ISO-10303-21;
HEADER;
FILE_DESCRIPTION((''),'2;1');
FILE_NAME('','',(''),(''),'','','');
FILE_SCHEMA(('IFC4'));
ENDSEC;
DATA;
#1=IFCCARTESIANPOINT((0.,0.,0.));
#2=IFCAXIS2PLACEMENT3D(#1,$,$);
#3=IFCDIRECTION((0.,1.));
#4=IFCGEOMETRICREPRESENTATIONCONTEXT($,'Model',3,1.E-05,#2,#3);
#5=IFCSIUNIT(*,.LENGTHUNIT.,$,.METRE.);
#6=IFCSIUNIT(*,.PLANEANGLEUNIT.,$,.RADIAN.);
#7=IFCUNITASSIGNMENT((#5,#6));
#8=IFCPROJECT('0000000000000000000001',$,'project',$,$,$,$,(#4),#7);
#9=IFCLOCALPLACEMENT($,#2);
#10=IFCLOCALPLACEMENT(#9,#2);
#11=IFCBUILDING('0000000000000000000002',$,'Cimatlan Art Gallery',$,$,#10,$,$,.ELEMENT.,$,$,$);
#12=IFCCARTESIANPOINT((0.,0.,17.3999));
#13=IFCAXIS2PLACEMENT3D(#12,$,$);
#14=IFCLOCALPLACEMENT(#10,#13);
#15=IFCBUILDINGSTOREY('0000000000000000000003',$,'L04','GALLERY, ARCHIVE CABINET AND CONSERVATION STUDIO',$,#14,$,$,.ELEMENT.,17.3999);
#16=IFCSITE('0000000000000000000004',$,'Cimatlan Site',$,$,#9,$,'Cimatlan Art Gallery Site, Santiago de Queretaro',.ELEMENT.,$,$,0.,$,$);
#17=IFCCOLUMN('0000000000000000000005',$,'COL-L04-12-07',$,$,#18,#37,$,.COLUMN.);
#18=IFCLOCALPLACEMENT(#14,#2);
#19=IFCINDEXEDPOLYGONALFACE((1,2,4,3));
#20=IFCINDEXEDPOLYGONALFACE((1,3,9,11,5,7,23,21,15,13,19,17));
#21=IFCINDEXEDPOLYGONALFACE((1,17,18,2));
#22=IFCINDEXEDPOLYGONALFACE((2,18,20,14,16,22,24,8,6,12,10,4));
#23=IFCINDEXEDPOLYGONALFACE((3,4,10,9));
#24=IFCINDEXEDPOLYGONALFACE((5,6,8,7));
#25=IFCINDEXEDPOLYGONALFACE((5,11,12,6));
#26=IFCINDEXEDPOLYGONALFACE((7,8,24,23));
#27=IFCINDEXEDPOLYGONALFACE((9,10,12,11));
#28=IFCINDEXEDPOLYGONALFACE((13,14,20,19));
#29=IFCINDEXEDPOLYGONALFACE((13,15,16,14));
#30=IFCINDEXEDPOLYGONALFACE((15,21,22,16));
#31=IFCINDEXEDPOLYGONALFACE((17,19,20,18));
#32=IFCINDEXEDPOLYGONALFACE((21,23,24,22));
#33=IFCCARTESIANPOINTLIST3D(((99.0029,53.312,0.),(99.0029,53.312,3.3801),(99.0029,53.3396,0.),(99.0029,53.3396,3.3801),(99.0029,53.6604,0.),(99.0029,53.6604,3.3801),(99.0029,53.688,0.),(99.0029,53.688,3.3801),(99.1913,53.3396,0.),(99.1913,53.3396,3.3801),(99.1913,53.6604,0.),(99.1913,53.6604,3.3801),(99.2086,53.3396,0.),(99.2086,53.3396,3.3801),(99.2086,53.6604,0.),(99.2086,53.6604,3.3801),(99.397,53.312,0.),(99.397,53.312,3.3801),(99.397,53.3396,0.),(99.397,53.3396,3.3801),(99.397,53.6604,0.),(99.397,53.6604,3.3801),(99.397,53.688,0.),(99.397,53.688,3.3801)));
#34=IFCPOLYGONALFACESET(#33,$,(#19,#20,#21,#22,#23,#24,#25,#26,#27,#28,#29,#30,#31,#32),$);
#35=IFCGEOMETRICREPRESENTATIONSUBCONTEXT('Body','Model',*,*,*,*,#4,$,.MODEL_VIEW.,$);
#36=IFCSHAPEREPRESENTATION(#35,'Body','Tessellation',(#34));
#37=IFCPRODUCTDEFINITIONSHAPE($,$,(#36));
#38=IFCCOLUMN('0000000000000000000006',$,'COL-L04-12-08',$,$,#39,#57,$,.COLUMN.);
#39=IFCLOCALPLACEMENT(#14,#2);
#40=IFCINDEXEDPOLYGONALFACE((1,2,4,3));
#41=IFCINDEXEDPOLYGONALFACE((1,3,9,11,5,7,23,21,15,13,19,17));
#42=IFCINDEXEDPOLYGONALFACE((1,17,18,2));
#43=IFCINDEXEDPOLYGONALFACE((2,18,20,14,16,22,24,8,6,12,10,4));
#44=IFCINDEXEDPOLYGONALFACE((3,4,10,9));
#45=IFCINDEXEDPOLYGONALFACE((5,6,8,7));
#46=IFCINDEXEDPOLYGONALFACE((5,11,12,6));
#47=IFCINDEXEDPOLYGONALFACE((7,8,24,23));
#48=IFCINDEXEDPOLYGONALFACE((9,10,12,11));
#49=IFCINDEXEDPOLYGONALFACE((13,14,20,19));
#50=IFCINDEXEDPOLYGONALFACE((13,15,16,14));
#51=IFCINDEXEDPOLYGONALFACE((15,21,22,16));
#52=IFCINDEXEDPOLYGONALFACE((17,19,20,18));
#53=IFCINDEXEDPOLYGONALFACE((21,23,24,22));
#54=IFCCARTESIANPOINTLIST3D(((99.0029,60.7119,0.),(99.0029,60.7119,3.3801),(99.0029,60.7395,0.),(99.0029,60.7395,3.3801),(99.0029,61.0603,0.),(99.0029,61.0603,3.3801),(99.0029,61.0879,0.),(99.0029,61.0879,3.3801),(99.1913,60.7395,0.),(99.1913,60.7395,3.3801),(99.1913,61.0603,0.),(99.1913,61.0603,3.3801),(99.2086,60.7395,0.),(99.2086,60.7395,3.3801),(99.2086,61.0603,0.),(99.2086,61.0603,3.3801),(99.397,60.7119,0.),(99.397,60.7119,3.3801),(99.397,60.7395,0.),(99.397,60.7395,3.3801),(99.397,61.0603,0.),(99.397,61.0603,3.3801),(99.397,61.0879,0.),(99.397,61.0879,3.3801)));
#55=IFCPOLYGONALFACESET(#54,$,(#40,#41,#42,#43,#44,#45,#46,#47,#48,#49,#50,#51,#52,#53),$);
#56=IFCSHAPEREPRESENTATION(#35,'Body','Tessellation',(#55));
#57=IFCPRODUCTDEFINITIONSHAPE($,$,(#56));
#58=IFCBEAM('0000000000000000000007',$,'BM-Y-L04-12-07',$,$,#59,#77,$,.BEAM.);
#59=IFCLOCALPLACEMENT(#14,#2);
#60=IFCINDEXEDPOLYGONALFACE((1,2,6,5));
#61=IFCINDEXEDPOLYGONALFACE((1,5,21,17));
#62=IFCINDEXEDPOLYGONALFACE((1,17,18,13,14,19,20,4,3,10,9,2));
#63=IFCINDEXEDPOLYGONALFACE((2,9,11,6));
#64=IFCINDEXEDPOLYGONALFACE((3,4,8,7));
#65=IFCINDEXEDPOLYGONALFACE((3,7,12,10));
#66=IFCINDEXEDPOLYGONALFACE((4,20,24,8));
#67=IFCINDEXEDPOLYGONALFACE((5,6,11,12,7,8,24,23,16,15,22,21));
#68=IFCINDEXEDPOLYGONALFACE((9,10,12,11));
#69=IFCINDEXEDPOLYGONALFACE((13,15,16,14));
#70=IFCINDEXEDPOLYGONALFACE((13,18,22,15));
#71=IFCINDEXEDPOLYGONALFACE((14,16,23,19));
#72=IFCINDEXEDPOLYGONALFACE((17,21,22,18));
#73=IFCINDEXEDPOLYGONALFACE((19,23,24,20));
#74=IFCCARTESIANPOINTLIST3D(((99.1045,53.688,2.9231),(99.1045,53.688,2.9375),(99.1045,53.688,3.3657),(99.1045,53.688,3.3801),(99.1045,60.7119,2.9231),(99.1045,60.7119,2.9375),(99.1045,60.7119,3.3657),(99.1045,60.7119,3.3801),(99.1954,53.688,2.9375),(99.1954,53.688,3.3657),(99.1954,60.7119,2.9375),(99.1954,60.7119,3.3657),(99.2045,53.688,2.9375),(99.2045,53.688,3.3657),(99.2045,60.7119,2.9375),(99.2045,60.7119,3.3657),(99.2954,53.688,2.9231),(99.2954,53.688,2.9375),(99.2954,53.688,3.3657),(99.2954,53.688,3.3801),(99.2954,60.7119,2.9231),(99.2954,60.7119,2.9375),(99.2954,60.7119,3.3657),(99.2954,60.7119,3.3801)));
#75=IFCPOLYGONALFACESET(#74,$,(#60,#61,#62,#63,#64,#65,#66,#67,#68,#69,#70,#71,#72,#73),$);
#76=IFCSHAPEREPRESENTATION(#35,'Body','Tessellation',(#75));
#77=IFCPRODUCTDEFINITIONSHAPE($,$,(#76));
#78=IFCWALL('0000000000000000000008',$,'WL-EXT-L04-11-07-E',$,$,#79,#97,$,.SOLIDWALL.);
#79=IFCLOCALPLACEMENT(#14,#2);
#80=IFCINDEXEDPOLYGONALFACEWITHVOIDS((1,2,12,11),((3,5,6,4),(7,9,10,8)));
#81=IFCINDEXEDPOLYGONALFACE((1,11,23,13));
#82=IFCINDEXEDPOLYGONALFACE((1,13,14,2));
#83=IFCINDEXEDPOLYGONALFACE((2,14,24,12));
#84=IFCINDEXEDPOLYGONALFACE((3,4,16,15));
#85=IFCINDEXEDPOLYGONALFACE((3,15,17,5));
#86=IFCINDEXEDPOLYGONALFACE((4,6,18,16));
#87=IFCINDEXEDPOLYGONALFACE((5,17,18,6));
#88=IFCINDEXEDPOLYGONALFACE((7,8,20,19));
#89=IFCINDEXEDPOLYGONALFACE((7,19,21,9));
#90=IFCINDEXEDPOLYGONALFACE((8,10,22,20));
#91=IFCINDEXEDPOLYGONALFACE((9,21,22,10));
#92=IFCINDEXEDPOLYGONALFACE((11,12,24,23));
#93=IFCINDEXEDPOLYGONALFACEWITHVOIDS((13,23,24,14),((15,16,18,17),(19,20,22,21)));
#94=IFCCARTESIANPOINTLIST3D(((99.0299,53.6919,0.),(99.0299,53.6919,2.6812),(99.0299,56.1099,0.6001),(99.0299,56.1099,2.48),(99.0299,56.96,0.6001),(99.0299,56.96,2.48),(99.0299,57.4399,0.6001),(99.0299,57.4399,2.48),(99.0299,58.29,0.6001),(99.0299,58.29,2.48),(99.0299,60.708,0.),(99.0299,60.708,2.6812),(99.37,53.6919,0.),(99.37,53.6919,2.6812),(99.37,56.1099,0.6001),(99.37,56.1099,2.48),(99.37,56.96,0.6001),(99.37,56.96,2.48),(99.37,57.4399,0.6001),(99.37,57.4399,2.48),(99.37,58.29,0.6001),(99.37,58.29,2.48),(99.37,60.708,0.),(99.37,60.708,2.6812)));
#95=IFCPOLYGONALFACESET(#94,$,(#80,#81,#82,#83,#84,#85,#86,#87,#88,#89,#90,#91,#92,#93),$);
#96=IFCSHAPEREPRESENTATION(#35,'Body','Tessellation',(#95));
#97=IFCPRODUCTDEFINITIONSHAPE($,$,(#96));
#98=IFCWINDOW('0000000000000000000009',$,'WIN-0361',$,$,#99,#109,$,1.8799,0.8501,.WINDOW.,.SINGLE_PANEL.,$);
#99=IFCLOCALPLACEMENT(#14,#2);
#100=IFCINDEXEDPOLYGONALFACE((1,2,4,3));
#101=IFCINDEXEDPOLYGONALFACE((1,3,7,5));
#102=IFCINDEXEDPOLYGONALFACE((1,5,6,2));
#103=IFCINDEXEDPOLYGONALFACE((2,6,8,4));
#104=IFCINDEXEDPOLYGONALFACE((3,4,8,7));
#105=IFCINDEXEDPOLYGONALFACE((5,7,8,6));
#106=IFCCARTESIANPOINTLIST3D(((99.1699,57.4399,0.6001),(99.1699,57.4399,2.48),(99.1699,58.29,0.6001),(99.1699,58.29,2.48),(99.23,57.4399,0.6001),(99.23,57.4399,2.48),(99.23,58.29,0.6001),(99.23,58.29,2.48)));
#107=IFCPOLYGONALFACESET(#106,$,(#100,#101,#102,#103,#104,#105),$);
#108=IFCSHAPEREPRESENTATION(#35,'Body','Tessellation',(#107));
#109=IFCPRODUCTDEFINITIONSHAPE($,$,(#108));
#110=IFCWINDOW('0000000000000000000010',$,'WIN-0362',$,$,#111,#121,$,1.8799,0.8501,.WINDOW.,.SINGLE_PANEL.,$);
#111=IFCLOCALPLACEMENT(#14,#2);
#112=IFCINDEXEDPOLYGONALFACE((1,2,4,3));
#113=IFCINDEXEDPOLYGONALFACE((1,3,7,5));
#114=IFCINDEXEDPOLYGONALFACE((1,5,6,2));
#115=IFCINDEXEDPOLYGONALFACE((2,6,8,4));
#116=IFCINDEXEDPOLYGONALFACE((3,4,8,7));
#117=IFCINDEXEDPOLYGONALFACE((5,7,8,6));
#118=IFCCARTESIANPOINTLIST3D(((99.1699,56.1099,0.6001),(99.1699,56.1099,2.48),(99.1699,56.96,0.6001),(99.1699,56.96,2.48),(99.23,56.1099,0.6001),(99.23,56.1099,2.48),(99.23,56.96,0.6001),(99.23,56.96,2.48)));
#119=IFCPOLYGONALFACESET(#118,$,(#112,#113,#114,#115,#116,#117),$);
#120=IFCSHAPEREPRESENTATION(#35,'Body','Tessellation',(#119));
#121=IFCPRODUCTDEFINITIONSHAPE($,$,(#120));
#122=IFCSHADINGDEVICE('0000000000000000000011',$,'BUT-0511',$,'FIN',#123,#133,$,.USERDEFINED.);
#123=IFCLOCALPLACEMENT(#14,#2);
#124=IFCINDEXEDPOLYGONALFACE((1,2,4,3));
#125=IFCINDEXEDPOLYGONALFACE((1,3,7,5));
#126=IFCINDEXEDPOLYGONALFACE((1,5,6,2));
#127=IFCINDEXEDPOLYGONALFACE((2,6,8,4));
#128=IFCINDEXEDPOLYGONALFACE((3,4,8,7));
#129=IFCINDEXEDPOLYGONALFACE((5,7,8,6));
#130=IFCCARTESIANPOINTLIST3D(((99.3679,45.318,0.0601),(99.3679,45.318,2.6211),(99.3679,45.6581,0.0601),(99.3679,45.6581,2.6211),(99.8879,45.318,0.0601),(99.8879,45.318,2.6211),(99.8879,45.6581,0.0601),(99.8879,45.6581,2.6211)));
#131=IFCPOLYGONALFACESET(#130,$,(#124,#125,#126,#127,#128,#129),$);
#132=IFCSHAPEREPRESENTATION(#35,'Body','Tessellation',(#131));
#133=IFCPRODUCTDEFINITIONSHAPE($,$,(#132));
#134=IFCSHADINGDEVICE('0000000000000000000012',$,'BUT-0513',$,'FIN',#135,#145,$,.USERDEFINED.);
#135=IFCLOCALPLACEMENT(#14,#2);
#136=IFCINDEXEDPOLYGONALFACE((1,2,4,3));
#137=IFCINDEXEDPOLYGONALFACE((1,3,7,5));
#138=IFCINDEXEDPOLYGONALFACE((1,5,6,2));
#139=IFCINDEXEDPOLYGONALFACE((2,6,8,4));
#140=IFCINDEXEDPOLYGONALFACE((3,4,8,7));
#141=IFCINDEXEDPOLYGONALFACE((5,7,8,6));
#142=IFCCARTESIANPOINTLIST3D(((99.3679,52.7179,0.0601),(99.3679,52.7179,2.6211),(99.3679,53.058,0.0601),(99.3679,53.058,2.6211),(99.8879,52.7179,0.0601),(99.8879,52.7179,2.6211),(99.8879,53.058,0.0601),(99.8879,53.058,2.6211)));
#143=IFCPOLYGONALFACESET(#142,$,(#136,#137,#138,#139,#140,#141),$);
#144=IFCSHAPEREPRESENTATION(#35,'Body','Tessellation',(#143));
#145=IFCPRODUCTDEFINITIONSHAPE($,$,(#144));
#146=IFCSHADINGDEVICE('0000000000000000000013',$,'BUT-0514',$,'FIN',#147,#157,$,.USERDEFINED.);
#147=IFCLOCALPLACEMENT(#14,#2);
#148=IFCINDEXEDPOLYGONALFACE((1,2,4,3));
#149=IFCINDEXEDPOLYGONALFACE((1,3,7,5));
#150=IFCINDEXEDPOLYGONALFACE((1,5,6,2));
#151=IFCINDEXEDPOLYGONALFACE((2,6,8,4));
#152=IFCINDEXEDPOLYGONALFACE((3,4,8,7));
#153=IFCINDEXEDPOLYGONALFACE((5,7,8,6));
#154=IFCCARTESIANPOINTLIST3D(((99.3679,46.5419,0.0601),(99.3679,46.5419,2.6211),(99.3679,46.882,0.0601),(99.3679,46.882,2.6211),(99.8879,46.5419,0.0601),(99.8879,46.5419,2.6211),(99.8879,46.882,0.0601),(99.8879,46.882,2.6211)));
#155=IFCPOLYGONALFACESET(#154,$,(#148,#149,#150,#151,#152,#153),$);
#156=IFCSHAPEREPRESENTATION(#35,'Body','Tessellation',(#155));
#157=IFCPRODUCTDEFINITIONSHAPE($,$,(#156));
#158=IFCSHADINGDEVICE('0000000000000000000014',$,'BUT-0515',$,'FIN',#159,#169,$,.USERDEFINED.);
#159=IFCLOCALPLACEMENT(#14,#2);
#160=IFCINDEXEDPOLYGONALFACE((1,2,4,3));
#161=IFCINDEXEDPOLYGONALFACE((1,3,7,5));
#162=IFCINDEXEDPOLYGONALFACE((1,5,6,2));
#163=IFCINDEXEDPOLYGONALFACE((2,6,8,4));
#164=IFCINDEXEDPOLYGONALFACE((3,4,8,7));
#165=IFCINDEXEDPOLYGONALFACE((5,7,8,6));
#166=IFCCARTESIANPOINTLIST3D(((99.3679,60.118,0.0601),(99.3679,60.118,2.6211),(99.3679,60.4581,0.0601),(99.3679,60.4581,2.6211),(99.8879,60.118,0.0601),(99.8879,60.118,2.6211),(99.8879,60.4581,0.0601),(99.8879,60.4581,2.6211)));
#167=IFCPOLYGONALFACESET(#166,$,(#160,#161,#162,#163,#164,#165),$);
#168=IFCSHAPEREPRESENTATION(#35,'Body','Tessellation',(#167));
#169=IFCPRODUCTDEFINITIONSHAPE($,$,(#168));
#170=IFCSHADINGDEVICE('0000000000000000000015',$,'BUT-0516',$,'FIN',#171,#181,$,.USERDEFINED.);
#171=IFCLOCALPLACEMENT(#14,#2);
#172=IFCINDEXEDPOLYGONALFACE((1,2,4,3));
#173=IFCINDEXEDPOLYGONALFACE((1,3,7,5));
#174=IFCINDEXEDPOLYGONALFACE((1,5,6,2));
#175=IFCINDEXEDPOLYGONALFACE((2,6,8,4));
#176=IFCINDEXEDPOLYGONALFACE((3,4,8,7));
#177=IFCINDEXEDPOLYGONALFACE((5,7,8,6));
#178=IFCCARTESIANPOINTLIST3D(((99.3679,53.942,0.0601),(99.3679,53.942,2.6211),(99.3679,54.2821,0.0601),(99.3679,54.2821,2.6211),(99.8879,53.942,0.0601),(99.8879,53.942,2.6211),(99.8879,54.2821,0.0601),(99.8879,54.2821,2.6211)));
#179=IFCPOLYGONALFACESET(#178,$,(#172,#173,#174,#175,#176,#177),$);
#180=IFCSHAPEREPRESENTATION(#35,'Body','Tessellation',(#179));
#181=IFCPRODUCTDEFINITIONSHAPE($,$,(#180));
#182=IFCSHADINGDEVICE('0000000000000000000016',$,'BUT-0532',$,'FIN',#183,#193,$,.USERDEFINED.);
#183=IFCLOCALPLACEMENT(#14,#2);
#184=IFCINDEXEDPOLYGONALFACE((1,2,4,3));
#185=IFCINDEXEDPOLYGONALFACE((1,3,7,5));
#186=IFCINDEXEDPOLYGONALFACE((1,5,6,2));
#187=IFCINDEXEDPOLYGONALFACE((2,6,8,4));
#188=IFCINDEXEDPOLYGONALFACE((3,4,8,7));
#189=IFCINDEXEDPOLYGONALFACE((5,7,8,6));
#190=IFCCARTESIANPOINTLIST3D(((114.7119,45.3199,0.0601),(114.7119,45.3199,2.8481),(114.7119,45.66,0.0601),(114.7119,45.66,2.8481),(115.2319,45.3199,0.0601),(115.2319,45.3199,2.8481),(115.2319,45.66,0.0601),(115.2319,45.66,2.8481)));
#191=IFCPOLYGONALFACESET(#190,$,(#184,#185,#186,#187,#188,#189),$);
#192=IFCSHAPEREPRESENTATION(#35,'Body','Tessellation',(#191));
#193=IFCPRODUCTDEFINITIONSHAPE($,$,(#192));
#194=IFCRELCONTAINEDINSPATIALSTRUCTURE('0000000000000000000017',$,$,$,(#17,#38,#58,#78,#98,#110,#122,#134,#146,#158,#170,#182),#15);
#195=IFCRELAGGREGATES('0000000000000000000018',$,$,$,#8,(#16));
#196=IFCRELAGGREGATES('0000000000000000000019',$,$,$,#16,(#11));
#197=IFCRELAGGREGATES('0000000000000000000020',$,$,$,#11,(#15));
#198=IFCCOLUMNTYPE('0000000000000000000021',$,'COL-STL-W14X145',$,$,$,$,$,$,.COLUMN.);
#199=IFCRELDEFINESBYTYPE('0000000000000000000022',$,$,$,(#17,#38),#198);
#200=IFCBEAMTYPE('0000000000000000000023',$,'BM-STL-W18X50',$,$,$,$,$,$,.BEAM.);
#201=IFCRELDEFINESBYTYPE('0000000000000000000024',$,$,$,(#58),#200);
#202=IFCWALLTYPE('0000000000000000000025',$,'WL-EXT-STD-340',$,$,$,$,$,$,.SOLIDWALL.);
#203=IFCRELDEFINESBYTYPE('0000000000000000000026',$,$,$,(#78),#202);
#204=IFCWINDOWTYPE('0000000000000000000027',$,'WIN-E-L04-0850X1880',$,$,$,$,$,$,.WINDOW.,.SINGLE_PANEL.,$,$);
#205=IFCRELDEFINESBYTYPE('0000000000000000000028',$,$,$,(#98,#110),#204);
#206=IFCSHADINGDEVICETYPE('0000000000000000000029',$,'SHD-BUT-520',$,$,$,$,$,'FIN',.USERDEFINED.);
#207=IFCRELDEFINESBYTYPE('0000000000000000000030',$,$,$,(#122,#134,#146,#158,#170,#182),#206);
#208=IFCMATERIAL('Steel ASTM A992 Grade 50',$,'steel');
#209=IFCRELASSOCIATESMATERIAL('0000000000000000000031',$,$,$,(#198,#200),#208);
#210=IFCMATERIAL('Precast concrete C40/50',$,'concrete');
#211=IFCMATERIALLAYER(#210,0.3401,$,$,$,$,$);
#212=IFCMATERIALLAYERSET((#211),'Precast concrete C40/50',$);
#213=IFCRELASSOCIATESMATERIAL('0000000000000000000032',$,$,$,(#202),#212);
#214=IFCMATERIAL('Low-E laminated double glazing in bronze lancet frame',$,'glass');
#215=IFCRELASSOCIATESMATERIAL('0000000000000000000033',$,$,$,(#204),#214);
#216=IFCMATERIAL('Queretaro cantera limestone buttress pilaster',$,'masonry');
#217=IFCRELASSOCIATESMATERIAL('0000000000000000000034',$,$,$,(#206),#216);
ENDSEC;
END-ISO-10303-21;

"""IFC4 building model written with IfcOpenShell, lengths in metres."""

from ifc_helpers import new_model, si_unit, direction, frame, frame_2d, origin, origin_2d, place, context, subcontext, project, spatial, rectangle, i_section, extrude, material, layer, layer_set, material_profile, profile_set, type_object, element, fill, save


model = new_model("IFC4")

# Units and contexts
model_context = context("Model", 3, precision=1e-05, world=origin(), true_north=direction((0.0, 1.0)))
body_context = subcontext(model_context, "Body", "Model", "MODEL_VIEW")
ifc_project = project(units=[si_unit("LENGTHUNIT", "METRE"), si_unit("PLANEANGLEUNIT", "RADIAN")], contexts=[model_context])

# Site, building, storey
site_placement = place(None, origin())
site = spatial("IfcSite", under=ifc_project, at=site_placement, Name="Cimatlan Site", LongName="Cimatlan Art Gallery Site, Santiago de Queretaro", CompositionType="ELEMENT", RefElevation=0.0)
building_placement = place(site_placement, origin())
building = spatial("IfcBuilding", under=site, at=building_placement, Name="Cimatlan Art Gallery", CompositionType="ELEMENT")
storey_placement = place(building_placement, frame((0.0, 0.0, 17.3999)))
storey = spatial("IfcBuildingStorey", under=building, at=storey_placement, Name="L04", Description="GALLERY, ARCHIVE CABINET AND CONSERVATION STUDIO", CompositionType="ELEMENT", Elevation=17.3999)

# Columns
ifc_material_1 = material(Name="Steel ASTM A992 Grade 50", Category="steel")
ifc_material_profile_1 = material_profile(ifc_material_1, i_section(OverallWidth=0.394, OverallDepth=0.376, WebThickness=0.0173, FlangeThickness=0.0276, at=origin_2d()), Name="W14X145")
ifc_profile_set_1 = profile_set([ifc_material_profile_1], Name="Steel ASTM A992 Grade 50")
column_type = type_object("IfcColumnType", Name="COL-STL-W14X145", PredefinedType="COLUMN", material=ifc_profile_set_1)
for number, where, z_axis, x_axis, name in (
    (1, (99.2, 53.5, 0.0), (0.0, 0.0, 1.0), (1.0, 0.0, 0.0), "COL-L04-12-07"),
    (2, (99.2, 60.8999, 0.0), (0.0, 0.0, 1.0), (1.0, 0.0, 0.0), "COL-L04-12-08"),
):
    element("IfcColumn", number, at=place(storey_placement, frame(where, z_axis=z_axis, x_axis=x_axis)), inside=storey, type_object=column_type, Name=name, PredefinedType="COLUMN", context=body_context, shape_type="SweptSolid", body=[
        extrude(i_section(OverallWidth=0.394, OverallDepth=0.376, WebThickness=0.0173, FlangeThickness=0.0276, at=origin_2d()), origin(), (0.0, 0.0, 1.0), 3.3801),
    ])

# Beam
ifc_material_profile_2 = material_profile(ifc_material_1, i_section(OverallWidth=0.1909, OverallDepth=0.457, WebThickness=0.009, FlangeThickness=0.0144, at=origin_2d()), Name="W18X50")
ifc_profile_set_2 = profile_set([ifc_material_profile_2], Name="Steel ASTM A992 Grade 50")
beam_type = type_object("IfcBeamType", Name="BM-STL-W18X50", PredefinedType="BEAM", material=ifc_profile_set_2)
beam_placement = place(storey_placement, frame((99.2, 53.688, 3.1516), z_axis=(0.0, 1.0, 0.0), x_axis=(-1.0, 0.0, 0.0)))
element("IfcBeam", 3, at=beam_placement, inside=storey, type_object=beam_type, Name="BM-Y-L04-12-07", PredefinedType="BEAM", context=body_context, shape_type="SweptSolid", body=[
    extrude(i_section(OverallWidth=0.1909, OverallDepth=0.457, WebThickness=0.009, FlangeThickness=0.0144, at=origin_2d()), origin(), (0.0, 0.0, 1.0), 7.0239),
])

# Wall, openings, windows
ifc_material_2 = material(Name="Precast concrete C40/50", Category="concrete")
ifc_layer = layer(ifc_material_2, 0.3401)
ifc_layer_set = layer_set([ifc_layer], Name="Precast concrete C40/50")
wall_type = type_object("IfcWallType", Name="WL-EXT-STD-340", PredefinedType="SOLIDWALL", material=ifc_layer_set)
wall_placement = place(storey_placement, frame((99.2, 60.708, 0.0), z_axis=(0.0, 0.0, 1.0), x_axis=(0.0, -1.0, 0.0)))
wall = element("IfcWall", 4, at=wall_placement, inside=storey, type_object=wall_type, Name="WL-EXT-L04-11-07-E", PredefinedType="SOLIDWALL", context=body_context, shape_type="SweptSolid", body=[
    extrude(rectangle(XDim=7.0161, YDim=0.3401, at=frame_2d((3.5081, 0.0))), origin(), (0.0, 0.0, 1.0), 2.6812),
])
opening_1_placement = place(wall_placement, frame((2.418, 0.0, 0.6001)))
opening_1 = element("IfcOpeningElement", 5, at=opening_1_placement, cuts=wall, PredefinedType="OPENING", context=body_context, shape_type="SweptSolid", body=[
    extrude(rectangle(XDim=0.8501, YDim=1.8799, at=frame_2d((0.425, 0.9399))), frame((0.0, 0.1802, 0.0), z_axis=(0.0, -1.0, 0.0), x_axis=(1.0, 0.0, 0.0)), (0.0, 0.0, 1.0), 0.3601),
])
opening_2_placement = place(wall_placement, frame((3.748, 0.0, 0.6001)))
opening_2 = element("IfcOpeningElement", 6, at=opening_2_placement, cuts=wall, PredefinedType="OPENING", context=body_context, shape_type="SweptSolid", body=[
    extrude(rectangle(XDim=0.8501, YDim=1.8799, at=frame_2d((0.425, 0.9399))), frame((0.0, 0.1802, 0.0), z_axis=(0.0, -1.0, 0.0), x_axis=(1.0, 0.0, 0.0)), (0.0, 0.0, 1.0), 0.3601),
])
ifc_material_3 = material(Name="Low-E laminated double glazing in bronze lancet frame", Category="glass")
window_type = type_object("IfcWindowType", Name="WIN-E-L04-0850X1880", PartitioningType="SINGLE_PANEL", PredefinedType="WINDOW", material=ifc_material_3)
window_1_placement = place(opening_1_placement, origin())
window_1 = element("IfcWindow", 7, at=window_1_placement, inside=storey, type_object=window_type, Name="WIN-0361", OverallHeight=1.8799, OverallWidth=0.8501, PartitioningType="SINGLE_PANEL", PredefinedType="WINDOW", context=body_context, shape_type="SweptSolid", body=[
    extrude(rectangle(XDim=0.8501, YDim=1.8799, at=frame_2d((0.425, 0.9399))), frame((0.0, 0.03, 0.0), z_axis=(0.0, -1.0, 0.0), x_axis=(1.0, 0.0, 0.0)), (0.0, 0.0, 1.0), 0.0601),
])
fill(opening_1, window_1)
window_2_placement = place(opening_2_placement, origin())
window_2 = element("IfcWindow", 8, at=window_2_placement, inside=storey, type_object=window_type, Name="WIN-0362", OverallHeight=1.8799, OverallWidth=0.8501, PartitioningType="SINGLE_PANEL", PredefinedType="WINDOW", context=body_context, shape_type="SweptSolid", body=[
    extrude(rectangle(XDim=0.8501, YDim=1.8799, at=frame_2d((0.425, 0.9399))), frame((0.0, 0.03, 0.0), z_axis=(0.0, -1.0, 0.0), x_axis=(1.0, 0.0, 0.0)), (0.0, 0.0, 1.0), 0.0601),
])
fill(opening_2, window_2)

# Shading devices
ifc_material_4 = material(Name="Queretaro cantera limestone buttress pilaster", Category="masonry")
shading_device_type = type_object("IfcShadingDeviceType", Name="SHD-BUT-520", ElementType="FIN", PredefinedType="USERDEFINED", material=ifc_material_4)
for number, where, z_axis, x_axis, name in (
    (9, (99.6279, 45.488, 0.0601), (0.0, 0.0, 1.0), (0.0, -1.0, 0.0), "BUT-0511"),
    (10, (99.6279, 52.8879, 0.0601), (0.0, 0.0, 1.0), (0.0, -1.0, 0.0), "BUT-0513"),
    (11, (99.6279, 46.7119, 0.0601), (0.0, 0.0, 1.0), (0.0, -1.0, 0.0), "BUT-0514"),
    (12, (99.6279, 60.2881, 0.0601), (0.0, 0.0, 1.0), (0.0, -1.0, 0.0), "BUT-0515"),
    (13, (99.6279, 54.1121, 0.0601), (0.0, 0.0, 1.0), (0.0, -1.0, 0.0), "BUT-0516"),
):
    element("IfcShadingDevice", number, at=place(storey_placement, frame(where, z_axis=z_axis, x_axis=x_axis)), inside=storey, type_object=shading_device_type, Name=name, ObjectType="FIN", PredefinedType="USERDEFINED", context=body_context, shape_type="SweptSolid", body=[
        extrude(rectangle(XDim=0.3401, YDim=0.52, at=origin_2d()), origin(), (0.0, 0.0, 1.0), 2.561),
    ])
for number, where, z_axis, x_axis, name in (
    (14, (114.9719, 45.49, 0.0601), (0.0, 0.0, 1.0), (0.0, 1.0, 0.0), "BUT-0532"),
):
    element("IfcShadingDevice", number, at=place(storey_placement, frame(where, z_axis=z_axis, x_axis=x_axis)), inside=storey, type_object=shading_device_type, Name=name, ObjectType="FIN", PredefinedType="USERDEFINED", context=body_context, shape_type="SweptSolid", body=[
        extrude(rectangle(XDim=0.3401, YDim=0.52, at=origin_2d()), origin(), (0.0, 0.0, 1.0), 2.7881),
    ])

save(model, "model.ifc")
